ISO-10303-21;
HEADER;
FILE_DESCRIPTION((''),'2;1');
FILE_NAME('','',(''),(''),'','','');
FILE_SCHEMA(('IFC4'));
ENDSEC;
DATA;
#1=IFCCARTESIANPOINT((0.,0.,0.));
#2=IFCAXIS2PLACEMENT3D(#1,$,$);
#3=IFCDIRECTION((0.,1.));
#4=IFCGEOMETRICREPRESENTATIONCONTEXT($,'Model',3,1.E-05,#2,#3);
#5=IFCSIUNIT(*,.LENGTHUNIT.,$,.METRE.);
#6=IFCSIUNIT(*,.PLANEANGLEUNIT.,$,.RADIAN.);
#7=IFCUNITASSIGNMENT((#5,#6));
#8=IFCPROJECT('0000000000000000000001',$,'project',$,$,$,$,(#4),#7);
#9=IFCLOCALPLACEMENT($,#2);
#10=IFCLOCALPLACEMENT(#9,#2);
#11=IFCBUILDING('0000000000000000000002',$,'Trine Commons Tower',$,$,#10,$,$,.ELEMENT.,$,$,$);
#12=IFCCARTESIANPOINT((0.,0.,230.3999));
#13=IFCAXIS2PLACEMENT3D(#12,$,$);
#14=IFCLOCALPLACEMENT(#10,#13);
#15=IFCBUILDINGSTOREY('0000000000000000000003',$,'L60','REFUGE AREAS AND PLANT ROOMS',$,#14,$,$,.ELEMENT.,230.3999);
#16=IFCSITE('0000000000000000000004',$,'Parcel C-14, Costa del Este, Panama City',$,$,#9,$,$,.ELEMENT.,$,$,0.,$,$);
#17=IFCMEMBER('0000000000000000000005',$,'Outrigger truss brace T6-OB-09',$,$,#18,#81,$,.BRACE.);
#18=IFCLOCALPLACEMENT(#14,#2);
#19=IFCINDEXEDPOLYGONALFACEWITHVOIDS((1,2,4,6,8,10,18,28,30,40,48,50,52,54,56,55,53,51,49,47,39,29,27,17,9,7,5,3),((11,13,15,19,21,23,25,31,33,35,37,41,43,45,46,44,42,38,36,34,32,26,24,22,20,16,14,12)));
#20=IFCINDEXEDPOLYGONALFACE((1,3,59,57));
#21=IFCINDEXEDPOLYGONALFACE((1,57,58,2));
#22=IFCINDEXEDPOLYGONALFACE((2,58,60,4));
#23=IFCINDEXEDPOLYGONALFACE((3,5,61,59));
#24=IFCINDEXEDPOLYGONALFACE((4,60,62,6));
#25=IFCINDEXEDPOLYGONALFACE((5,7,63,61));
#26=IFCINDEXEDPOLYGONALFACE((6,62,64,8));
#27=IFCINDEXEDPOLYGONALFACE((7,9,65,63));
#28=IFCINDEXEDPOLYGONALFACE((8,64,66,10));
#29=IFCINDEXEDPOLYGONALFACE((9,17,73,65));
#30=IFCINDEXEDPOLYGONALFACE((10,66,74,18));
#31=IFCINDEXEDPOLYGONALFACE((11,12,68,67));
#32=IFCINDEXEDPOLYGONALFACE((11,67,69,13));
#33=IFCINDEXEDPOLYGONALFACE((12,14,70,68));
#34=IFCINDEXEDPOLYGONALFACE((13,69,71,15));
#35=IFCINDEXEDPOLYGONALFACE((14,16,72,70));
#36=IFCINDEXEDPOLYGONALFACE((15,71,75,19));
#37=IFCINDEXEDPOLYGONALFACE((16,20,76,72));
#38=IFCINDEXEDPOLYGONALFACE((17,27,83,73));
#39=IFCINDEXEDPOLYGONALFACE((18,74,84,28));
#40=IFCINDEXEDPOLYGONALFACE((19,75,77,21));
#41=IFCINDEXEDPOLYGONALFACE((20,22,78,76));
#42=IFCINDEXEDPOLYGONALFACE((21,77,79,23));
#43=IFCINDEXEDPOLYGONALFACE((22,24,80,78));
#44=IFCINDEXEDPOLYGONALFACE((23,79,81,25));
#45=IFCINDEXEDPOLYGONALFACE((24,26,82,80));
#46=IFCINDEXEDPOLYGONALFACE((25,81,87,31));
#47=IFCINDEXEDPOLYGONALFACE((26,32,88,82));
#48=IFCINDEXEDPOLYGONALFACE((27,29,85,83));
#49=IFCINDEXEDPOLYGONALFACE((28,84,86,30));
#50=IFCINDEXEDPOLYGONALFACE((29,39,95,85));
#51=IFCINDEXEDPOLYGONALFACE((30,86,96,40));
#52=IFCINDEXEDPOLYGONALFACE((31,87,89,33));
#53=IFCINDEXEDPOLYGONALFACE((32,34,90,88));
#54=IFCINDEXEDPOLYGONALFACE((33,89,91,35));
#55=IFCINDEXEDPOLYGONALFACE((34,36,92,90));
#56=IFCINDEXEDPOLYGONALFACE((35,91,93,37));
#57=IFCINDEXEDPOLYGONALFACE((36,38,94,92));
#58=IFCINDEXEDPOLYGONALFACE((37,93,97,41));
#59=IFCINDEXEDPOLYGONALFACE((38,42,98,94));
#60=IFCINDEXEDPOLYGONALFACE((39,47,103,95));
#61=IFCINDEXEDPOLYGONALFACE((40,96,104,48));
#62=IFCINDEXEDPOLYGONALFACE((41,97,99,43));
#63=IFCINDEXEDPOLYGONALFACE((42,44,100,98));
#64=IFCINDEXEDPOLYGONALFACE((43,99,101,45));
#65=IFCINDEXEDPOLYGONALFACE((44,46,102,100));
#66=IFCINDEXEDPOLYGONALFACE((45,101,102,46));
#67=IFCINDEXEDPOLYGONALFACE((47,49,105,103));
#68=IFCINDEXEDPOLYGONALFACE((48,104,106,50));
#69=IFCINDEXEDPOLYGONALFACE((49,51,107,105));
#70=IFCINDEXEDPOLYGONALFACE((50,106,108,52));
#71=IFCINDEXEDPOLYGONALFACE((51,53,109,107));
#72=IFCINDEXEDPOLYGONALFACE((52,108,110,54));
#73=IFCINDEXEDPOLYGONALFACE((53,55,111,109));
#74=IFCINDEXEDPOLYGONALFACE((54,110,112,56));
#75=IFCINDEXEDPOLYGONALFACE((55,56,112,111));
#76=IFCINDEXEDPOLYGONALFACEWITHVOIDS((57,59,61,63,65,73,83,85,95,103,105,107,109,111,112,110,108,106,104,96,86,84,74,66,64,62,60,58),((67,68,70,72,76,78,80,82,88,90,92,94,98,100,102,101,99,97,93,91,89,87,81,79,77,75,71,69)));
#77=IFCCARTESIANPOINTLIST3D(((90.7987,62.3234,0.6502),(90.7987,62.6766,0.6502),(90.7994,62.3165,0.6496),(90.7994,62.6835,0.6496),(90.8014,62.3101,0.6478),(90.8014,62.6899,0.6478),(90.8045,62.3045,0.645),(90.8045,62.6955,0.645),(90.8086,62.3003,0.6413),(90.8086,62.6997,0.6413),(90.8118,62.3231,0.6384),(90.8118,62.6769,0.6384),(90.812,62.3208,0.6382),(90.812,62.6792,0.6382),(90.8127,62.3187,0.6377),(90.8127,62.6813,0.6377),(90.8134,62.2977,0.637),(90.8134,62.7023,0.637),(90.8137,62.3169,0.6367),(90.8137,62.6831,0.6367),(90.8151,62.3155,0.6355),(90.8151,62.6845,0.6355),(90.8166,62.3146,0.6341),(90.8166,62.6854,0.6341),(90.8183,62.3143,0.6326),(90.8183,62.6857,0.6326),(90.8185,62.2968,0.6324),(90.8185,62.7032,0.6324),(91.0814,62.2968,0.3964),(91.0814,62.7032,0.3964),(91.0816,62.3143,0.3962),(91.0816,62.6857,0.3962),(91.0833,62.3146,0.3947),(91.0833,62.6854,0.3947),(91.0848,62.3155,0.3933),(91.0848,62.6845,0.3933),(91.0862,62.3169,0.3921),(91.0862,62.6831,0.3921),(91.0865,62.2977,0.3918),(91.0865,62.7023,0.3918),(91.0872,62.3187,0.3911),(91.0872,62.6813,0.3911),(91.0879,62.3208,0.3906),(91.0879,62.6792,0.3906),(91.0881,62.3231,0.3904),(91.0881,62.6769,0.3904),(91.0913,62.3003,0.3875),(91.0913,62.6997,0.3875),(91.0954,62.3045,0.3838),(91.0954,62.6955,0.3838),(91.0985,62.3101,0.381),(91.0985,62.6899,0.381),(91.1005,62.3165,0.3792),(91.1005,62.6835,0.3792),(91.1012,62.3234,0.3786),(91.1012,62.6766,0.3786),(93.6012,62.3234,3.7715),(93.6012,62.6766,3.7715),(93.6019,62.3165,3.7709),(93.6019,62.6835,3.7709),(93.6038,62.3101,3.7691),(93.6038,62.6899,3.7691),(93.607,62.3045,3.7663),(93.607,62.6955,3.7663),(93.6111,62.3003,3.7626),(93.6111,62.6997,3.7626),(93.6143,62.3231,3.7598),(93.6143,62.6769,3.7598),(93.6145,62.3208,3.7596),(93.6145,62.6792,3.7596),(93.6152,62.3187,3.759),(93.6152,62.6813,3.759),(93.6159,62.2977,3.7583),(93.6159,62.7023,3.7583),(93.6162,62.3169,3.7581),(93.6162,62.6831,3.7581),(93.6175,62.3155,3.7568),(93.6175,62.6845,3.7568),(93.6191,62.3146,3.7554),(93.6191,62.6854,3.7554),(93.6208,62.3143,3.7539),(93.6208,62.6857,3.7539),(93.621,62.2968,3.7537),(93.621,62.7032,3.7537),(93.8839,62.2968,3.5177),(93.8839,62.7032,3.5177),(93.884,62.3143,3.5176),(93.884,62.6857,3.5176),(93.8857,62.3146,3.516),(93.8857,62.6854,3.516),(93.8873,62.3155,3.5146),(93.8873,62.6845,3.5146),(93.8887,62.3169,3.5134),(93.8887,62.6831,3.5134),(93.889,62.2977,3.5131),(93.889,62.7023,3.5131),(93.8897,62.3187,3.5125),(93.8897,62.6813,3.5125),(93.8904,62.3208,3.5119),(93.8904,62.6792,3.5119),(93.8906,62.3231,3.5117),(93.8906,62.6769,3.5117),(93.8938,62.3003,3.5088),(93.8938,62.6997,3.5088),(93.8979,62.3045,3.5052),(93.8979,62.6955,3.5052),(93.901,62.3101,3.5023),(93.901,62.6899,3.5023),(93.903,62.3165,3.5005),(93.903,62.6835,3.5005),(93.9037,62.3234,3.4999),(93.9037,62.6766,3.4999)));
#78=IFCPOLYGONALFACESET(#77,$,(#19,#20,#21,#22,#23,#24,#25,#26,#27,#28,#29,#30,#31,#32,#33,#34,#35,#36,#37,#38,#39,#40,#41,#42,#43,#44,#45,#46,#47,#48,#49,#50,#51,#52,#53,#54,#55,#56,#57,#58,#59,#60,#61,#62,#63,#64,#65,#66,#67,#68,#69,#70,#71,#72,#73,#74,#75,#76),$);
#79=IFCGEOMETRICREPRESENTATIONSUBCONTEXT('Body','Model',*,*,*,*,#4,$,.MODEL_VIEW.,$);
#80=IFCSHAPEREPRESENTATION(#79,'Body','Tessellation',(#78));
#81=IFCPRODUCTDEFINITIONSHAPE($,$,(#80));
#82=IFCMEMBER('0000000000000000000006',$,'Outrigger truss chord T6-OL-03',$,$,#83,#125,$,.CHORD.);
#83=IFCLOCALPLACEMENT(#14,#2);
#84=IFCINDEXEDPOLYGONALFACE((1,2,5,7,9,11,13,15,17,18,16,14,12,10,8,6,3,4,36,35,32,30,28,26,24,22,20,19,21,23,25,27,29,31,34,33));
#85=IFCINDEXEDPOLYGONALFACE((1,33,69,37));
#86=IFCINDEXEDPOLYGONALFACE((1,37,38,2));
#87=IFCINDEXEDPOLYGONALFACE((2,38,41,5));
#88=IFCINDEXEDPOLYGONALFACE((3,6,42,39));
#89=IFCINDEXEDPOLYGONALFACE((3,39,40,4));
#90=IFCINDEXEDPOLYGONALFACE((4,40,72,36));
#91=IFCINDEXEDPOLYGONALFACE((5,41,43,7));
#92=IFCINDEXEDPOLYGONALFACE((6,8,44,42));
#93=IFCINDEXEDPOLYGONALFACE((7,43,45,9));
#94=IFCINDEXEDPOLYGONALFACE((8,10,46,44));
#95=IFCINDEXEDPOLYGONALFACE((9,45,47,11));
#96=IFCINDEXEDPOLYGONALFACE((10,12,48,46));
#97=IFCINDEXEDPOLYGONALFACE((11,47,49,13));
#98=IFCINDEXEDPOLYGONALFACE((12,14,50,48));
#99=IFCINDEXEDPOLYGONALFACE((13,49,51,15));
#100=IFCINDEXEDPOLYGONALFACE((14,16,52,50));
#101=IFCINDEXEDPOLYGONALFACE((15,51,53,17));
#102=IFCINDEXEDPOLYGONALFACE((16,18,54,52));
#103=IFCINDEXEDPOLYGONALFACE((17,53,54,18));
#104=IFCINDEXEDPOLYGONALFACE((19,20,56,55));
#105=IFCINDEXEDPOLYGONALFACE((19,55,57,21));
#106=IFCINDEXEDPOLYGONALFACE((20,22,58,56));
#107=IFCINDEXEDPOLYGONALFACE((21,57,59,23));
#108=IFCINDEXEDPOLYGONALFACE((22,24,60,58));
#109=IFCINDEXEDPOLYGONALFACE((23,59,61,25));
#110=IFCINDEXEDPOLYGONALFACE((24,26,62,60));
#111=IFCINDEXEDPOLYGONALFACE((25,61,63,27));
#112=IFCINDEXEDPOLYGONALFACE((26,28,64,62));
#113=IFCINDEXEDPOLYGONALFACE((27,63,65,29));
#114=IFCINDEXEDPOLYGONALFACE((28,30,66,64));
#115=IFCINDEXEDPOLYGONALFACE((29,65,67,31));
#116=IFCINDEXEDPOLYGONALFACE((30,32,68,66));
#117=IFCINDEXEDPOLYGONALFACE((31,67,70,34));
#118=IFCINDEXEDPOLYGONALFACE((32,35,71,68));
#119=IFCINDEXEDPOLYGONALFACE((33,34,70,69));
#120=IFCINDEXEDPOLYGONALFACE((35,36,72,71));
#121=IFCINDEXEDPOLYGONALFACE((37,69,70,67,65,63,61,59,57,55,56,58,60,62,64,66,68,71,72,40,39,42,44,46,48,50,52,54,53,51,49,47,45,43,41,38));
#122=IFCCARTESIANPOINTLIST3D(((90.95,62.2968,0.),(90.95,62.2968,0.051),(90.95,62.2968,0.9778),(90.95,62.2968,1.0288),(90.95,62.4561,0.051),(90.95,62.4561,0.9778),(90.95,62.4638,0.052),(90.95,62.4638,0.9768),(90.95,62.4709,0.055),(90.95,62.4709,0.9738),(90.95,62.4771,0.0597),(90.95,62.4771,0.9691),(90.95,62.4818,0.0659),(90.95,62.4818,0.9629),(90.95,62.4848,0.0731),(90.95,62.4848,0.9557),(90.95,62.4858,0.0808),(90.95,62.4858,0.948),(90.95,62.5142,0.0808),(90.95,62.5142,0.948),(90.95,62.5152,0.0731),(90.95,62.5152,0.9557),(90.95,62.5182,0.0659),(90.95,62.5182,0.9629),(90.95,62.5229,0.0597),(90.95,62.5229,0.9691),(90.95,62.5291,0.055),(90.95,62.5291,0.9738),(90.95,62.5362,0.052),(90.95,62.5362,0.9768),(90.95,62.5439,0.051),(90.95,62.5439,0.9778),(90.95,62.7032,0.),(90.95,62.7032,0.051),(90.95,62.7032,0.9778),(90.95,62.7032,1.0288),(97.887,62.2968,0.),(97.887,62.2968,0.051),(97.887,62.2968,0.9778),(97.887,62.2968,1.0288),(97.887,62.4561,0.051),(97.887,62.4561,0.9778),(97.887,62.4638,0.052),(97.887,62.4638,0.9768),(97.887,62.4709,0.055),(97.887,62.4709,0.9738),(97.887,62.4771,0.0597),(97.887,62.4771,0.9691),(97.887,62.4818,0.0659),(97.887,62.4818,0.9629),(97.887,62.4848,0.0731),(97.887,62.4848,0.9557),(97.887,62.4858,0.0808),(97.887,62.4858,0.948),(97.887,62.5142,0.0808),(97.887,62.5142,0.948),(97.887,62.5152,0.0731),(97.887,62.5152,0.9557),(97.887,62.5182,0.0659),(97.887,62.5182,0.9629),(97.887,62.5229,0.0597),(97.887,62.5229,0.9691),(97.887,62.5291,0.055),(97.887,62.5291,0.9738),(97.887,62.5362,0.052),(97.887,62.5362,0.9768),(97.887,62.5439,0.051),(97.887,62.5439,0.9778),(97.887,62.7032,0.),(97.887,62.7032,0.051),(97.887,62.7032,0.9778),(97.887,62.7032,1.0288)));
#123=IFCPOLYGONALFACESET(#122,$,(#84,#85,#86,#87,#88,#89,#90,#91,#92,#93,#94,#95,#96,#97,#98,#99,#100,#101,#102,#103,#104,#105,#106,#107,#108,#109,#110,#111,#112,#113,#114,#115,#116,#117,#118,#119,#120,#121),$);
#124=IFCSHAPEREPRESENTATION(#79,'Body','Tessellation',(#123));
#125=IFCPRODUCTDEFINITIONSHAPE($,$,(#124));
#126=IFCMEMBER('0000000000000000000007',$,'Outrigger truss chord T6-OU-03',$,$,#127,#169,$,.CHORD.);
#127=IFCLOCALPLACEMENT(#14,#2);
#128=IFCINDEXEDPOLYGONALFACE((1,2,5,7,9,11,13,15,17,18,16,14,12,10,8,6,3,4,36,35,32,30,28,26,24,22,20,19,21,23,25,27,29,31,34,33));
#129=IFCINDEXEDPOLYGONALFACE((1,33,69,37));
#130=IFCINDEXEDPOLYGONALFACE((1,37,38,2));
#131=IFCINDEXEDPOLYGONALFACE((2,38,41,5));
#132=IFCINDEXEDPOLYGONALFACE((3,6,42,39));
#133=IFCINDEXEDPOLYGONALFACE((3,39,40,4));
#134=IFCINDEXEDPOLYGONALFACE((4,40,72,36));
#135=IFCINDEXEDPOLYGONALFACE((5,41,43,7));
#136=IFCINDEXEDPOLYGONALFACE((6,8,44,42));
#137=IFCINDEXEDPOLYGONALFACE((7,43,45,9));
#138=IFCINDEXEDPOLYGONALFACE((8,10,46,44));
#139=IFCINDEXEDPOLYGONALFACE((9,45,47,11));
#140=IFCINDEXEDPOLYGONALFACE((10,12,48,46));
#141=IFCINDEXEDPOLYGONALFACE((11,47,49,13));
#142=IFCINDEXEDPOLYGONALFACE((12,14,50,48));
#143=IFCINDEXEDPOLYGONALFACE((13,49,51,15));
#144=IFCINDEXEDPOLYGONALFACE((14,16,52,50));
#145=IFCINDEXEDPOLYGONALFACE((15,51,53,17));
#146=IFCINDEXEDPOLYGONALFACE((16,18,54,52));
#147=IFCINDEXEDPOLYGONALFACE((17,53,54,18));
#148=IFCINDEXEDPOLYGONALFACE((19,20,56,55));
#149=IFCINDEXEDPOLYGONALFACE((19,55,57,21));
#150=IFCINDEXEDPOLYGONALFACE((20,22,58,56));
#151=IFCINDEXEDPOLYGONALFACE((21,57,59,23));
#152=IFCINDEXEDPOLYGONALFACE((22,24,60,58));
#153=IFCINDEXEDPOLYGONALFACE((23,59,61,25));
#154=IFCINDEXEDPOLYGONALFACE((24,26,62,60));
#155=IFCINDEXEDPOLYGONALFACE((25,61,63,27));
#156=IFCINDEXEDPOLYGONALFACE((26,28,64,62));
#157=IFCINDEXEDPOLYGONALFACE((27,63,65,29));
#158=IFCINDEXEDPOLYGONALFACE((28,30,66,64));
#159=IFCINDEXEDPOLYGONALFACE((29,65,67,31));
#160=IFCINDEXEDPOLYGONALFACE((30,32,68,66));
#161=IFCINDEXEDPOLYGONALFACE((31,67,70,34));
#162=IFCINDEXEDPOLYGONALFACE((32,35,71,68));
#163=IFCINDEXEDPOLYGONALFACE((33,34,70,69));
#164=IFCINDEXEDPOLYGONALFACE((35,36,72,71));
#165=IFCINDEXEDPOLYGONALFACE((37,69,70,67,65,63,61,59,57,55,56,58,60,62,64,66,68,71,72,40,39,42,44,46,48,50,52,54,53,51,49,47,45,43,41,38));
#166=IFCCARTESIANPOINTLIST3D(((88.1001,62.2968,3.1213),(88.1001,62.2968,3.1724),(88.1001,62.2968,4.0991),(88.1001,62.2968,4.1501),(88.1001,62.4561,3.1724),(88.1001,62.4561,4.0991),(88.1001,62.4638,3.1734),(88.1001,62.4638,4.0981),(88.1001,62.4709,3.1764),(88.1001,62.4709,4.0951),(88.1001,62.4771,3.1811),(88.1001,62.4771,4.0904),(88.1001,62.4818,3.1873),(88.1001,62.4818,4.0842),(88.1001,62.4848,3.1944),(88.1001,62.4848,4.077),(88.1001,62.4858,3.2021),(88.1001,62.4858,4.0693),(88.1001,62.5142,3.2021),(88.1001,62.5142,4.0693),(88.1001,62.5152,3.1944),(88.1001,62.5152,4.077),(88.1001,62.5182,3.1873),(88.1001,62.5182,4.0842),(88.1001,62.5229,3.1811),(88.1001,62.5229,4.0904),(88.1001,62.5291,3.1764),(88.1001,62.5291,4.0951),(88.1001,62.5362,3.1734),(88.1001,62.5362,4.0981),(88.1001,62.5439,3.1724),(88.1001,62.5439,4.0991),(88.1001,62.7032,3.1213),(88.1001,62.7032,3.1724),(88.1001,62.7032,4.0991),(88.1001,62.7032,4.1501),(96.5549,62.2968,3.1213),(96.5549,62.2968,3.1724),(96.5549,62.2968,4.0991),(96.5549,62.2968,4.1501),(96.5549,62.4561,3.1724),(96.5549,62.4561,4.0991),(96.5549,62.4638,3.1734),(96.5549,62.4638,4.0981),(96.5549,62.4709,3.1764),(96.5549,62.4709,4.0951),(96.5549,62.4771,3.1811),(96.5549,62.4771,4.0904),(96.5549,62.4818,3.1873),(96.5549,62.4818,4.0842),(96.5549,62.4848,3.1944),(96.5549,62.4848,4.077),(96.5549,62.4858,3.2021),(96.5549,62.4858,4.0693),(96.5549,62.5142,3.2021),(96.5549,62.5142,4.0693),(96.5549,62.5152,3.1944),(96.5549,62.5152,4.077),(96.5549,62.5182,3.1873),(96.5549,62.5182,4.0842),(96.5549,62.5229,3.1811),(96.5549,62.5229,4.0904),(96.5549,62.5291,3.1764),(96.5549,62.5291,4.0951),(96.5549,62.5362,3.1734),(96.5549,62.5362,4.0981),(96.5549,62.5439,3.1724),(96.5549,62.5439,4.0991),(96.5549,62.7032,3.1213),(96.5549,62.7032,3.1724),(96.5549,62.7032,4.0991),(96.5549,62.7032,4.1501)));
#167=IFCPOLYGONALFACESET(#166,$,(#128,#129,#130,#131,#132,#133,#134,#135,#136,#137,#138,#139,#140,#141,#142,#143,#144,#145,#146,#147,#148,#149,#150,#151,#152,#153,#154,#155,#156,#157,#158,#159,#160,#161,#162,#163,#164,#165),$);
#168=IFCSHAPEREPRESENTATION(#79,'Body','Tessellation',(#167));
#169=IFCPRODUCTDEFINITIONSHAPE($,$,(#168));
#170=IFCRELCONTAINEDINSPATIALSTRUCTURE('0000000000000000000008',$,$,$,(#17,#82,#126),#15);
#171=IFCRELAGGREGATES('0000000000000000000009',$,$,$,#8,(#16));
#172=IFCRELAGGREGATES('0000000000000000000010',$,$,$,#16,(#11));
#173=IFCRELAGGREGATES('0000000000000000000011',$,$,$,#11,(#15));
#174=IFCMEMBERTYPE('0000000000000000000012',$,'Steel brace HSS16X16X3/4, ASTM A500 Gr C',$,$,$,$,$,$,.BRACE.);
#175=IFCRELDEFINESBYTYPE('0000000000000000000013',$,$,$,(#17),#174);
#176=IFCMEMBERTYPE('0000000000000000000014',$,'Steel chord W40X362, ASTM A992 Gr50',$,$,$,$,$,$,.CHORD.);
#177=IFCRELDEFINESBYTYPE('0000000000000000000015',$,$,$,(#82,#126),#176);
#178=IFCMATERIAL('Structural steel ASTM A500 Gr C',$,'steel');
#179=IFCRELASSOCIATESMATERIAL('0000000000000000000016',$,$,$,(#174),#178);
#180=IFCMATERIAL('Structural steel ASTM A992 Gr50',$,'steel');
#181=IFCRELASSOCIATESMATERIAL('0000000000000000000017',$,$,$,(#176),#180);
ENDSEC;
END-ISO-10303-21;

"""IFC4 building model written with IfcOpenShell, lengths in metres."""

from ifc_helpers import new_model, si_unit, direction, frame, origin, origin_2d, place, context, subcontext, project, spatial, hollow_rectangle, i_section, extrude, material, material_profile, profile_set, type_object, element, save


model = new_model("IFC4")

# Units and contexts
model_context = context("Model", 3, precision=1e-05, world=origin(), true_north=direction((0.0, 1.0)))
body_context = subcontext(model_context, "Body", "Model", "MODEL_VIEW")
ifc_project = project(units=[si_unit("LENGTHUNIT", "METRE"), si_unit("PLANEANGLEUNIT", "RADIAN")], contexts=[model_context])

# Site, building, storey
site_placement = place(None, origin())
site = spatial("IfcSite", under=ifc_project, at=site_placement, Name="Parcel C-14, Costa del Este, Panama City", CompositionType="ELEMENT", RefElevation=0.0)
building_placement = place(site_placement, origin())
building = spatial("IfcBuilding", under=site, at=building_placement, Name="Trine Commons Tower", CompositionType="ELEMENT")
storey_placement = place(building_placement, frame((0.0, 0.0, 230.3999)))
storey = spatial("IfcBuildingStorey", under=building, at=storey_placement, Name="L60", Description="REFUGE AREAS AND PLANT ROOMS", CompositionType="ELEMENT", Elevation=230.3999)

# Members
ifc_material_1 = material(Name="Structural steel ASTM A500 Gr C", Category="steel")
ifc_material_profile_1 = material_profile(ifc_material_1, hollow_rectangle(XDim=0.4065, YDim=0.4065, WallThickness=0.0176, InnerFilletRadius=0.0088, OuterFilletRadius=0.0266, at=origin_2d()), Name="HSS16X16X3/4")
ifc_profile_set_1 = profile_set([ifc_material_profile_1], Name="Structural steel ASTM A500 Gr C")
member_type_1 = type_object("IfcMemberType", Name="Steel brace HSS16X16X3/4, ASTM A500 Gr C", PredefinedType="BRACE", material=ifc_profile_set_1)
member_1_placement = place(storey_placement, frame((90.95, 62.5, 0.5144), z_axis=(0.66808, 0.0, 0.744089), x_axis=(0.0, 1.0, 0.0)))
element("IfcMember", 1, at=member_1_placement, inside=storey, type_object=member_type_1, Name="Outrigger truss brace T6-OB-09", PredefinedType="BRACE", context=body_context, shape_type="SweptSolid", body=[
    extrude(hollow_rectangle(XDim=0.4065, YDim=0.4065, WallThickness=0.0176, InnerFilletRadius=0.0088, OuterFilletRadius=0.0266, at=origin_2d()), origin(), (0.0, 0.0, 1.0), 4.1948),
])
ifc_material_2 = material(Name="Structural steel ASTM A992 Gr50", Category="steel")
ifc_material_profile_2 = material_profile(ifc_material_2, i_section(OverallWidth=0.4065, OverallDepth=1.0288, WebThickness=0.0283, FlangeThickness=0.051, FilletRadius=0.0298, at=origin_2d()), Name="W40X362")
ifc_profile_set_2 = profile_set([ifc_material_profile_2], Name="Structural steel ASTM A992 Gr50")
member_type_2 = type_object("IfcMemberType", Name="Steel chord W40X362, ASTM A992 Gr50", PredefinedType="CHORD", material=ifc_profile_set_2)
member_2_placement = place(storey_placement, frame((90.95, 62.5, 0.5144), z_axis=(1.0, 0.0, 0.0), x_axis=(0.0, 1.0, 0.0)))
element("IfcMember", 2, at=member_2_placement, inside=storey, type_object=member_type_2, Name="Outrigger truss chord T6-OL-03", PredefinedType="CHORD", context=body_context, shape_type="SweptSolid", body=[
    extrude(i_section(OverallWidth=0.4065, OverallDepth=1.0288, WebThickness=0.0283, FlangeThickness=0.051, FilletRadius=0.0298, at=origin_2d()), origin(), (0.0, 0.0, 1.0), 6.937),
])
member_3_placement = place(storey_placement, frame((88.1001, 62.5, 3.6357), z_axis=(1.0, 0.0, 0.0), x_axis=(0.0, 1.0, 0.0)))
element("IfcMember", 3, at=member_3_placement, inside=storey, type_object=member_type_2, Name="Outrigger truss chord T6-OU-03", PredefinedType="CHORD", context=body_context, shape_type="SweptSolid", body=[
    extrude(i_section(OverallWidth=0.4065, OverallDepth=1.0288, WebThickness=0.0283, FlangeThickness=0.051, FilletRadius=0.0298, at=origin_2d()), origin(), (0.0, 0.0, 1.0), 8.4548),
])

save(model, "model.ifc")
